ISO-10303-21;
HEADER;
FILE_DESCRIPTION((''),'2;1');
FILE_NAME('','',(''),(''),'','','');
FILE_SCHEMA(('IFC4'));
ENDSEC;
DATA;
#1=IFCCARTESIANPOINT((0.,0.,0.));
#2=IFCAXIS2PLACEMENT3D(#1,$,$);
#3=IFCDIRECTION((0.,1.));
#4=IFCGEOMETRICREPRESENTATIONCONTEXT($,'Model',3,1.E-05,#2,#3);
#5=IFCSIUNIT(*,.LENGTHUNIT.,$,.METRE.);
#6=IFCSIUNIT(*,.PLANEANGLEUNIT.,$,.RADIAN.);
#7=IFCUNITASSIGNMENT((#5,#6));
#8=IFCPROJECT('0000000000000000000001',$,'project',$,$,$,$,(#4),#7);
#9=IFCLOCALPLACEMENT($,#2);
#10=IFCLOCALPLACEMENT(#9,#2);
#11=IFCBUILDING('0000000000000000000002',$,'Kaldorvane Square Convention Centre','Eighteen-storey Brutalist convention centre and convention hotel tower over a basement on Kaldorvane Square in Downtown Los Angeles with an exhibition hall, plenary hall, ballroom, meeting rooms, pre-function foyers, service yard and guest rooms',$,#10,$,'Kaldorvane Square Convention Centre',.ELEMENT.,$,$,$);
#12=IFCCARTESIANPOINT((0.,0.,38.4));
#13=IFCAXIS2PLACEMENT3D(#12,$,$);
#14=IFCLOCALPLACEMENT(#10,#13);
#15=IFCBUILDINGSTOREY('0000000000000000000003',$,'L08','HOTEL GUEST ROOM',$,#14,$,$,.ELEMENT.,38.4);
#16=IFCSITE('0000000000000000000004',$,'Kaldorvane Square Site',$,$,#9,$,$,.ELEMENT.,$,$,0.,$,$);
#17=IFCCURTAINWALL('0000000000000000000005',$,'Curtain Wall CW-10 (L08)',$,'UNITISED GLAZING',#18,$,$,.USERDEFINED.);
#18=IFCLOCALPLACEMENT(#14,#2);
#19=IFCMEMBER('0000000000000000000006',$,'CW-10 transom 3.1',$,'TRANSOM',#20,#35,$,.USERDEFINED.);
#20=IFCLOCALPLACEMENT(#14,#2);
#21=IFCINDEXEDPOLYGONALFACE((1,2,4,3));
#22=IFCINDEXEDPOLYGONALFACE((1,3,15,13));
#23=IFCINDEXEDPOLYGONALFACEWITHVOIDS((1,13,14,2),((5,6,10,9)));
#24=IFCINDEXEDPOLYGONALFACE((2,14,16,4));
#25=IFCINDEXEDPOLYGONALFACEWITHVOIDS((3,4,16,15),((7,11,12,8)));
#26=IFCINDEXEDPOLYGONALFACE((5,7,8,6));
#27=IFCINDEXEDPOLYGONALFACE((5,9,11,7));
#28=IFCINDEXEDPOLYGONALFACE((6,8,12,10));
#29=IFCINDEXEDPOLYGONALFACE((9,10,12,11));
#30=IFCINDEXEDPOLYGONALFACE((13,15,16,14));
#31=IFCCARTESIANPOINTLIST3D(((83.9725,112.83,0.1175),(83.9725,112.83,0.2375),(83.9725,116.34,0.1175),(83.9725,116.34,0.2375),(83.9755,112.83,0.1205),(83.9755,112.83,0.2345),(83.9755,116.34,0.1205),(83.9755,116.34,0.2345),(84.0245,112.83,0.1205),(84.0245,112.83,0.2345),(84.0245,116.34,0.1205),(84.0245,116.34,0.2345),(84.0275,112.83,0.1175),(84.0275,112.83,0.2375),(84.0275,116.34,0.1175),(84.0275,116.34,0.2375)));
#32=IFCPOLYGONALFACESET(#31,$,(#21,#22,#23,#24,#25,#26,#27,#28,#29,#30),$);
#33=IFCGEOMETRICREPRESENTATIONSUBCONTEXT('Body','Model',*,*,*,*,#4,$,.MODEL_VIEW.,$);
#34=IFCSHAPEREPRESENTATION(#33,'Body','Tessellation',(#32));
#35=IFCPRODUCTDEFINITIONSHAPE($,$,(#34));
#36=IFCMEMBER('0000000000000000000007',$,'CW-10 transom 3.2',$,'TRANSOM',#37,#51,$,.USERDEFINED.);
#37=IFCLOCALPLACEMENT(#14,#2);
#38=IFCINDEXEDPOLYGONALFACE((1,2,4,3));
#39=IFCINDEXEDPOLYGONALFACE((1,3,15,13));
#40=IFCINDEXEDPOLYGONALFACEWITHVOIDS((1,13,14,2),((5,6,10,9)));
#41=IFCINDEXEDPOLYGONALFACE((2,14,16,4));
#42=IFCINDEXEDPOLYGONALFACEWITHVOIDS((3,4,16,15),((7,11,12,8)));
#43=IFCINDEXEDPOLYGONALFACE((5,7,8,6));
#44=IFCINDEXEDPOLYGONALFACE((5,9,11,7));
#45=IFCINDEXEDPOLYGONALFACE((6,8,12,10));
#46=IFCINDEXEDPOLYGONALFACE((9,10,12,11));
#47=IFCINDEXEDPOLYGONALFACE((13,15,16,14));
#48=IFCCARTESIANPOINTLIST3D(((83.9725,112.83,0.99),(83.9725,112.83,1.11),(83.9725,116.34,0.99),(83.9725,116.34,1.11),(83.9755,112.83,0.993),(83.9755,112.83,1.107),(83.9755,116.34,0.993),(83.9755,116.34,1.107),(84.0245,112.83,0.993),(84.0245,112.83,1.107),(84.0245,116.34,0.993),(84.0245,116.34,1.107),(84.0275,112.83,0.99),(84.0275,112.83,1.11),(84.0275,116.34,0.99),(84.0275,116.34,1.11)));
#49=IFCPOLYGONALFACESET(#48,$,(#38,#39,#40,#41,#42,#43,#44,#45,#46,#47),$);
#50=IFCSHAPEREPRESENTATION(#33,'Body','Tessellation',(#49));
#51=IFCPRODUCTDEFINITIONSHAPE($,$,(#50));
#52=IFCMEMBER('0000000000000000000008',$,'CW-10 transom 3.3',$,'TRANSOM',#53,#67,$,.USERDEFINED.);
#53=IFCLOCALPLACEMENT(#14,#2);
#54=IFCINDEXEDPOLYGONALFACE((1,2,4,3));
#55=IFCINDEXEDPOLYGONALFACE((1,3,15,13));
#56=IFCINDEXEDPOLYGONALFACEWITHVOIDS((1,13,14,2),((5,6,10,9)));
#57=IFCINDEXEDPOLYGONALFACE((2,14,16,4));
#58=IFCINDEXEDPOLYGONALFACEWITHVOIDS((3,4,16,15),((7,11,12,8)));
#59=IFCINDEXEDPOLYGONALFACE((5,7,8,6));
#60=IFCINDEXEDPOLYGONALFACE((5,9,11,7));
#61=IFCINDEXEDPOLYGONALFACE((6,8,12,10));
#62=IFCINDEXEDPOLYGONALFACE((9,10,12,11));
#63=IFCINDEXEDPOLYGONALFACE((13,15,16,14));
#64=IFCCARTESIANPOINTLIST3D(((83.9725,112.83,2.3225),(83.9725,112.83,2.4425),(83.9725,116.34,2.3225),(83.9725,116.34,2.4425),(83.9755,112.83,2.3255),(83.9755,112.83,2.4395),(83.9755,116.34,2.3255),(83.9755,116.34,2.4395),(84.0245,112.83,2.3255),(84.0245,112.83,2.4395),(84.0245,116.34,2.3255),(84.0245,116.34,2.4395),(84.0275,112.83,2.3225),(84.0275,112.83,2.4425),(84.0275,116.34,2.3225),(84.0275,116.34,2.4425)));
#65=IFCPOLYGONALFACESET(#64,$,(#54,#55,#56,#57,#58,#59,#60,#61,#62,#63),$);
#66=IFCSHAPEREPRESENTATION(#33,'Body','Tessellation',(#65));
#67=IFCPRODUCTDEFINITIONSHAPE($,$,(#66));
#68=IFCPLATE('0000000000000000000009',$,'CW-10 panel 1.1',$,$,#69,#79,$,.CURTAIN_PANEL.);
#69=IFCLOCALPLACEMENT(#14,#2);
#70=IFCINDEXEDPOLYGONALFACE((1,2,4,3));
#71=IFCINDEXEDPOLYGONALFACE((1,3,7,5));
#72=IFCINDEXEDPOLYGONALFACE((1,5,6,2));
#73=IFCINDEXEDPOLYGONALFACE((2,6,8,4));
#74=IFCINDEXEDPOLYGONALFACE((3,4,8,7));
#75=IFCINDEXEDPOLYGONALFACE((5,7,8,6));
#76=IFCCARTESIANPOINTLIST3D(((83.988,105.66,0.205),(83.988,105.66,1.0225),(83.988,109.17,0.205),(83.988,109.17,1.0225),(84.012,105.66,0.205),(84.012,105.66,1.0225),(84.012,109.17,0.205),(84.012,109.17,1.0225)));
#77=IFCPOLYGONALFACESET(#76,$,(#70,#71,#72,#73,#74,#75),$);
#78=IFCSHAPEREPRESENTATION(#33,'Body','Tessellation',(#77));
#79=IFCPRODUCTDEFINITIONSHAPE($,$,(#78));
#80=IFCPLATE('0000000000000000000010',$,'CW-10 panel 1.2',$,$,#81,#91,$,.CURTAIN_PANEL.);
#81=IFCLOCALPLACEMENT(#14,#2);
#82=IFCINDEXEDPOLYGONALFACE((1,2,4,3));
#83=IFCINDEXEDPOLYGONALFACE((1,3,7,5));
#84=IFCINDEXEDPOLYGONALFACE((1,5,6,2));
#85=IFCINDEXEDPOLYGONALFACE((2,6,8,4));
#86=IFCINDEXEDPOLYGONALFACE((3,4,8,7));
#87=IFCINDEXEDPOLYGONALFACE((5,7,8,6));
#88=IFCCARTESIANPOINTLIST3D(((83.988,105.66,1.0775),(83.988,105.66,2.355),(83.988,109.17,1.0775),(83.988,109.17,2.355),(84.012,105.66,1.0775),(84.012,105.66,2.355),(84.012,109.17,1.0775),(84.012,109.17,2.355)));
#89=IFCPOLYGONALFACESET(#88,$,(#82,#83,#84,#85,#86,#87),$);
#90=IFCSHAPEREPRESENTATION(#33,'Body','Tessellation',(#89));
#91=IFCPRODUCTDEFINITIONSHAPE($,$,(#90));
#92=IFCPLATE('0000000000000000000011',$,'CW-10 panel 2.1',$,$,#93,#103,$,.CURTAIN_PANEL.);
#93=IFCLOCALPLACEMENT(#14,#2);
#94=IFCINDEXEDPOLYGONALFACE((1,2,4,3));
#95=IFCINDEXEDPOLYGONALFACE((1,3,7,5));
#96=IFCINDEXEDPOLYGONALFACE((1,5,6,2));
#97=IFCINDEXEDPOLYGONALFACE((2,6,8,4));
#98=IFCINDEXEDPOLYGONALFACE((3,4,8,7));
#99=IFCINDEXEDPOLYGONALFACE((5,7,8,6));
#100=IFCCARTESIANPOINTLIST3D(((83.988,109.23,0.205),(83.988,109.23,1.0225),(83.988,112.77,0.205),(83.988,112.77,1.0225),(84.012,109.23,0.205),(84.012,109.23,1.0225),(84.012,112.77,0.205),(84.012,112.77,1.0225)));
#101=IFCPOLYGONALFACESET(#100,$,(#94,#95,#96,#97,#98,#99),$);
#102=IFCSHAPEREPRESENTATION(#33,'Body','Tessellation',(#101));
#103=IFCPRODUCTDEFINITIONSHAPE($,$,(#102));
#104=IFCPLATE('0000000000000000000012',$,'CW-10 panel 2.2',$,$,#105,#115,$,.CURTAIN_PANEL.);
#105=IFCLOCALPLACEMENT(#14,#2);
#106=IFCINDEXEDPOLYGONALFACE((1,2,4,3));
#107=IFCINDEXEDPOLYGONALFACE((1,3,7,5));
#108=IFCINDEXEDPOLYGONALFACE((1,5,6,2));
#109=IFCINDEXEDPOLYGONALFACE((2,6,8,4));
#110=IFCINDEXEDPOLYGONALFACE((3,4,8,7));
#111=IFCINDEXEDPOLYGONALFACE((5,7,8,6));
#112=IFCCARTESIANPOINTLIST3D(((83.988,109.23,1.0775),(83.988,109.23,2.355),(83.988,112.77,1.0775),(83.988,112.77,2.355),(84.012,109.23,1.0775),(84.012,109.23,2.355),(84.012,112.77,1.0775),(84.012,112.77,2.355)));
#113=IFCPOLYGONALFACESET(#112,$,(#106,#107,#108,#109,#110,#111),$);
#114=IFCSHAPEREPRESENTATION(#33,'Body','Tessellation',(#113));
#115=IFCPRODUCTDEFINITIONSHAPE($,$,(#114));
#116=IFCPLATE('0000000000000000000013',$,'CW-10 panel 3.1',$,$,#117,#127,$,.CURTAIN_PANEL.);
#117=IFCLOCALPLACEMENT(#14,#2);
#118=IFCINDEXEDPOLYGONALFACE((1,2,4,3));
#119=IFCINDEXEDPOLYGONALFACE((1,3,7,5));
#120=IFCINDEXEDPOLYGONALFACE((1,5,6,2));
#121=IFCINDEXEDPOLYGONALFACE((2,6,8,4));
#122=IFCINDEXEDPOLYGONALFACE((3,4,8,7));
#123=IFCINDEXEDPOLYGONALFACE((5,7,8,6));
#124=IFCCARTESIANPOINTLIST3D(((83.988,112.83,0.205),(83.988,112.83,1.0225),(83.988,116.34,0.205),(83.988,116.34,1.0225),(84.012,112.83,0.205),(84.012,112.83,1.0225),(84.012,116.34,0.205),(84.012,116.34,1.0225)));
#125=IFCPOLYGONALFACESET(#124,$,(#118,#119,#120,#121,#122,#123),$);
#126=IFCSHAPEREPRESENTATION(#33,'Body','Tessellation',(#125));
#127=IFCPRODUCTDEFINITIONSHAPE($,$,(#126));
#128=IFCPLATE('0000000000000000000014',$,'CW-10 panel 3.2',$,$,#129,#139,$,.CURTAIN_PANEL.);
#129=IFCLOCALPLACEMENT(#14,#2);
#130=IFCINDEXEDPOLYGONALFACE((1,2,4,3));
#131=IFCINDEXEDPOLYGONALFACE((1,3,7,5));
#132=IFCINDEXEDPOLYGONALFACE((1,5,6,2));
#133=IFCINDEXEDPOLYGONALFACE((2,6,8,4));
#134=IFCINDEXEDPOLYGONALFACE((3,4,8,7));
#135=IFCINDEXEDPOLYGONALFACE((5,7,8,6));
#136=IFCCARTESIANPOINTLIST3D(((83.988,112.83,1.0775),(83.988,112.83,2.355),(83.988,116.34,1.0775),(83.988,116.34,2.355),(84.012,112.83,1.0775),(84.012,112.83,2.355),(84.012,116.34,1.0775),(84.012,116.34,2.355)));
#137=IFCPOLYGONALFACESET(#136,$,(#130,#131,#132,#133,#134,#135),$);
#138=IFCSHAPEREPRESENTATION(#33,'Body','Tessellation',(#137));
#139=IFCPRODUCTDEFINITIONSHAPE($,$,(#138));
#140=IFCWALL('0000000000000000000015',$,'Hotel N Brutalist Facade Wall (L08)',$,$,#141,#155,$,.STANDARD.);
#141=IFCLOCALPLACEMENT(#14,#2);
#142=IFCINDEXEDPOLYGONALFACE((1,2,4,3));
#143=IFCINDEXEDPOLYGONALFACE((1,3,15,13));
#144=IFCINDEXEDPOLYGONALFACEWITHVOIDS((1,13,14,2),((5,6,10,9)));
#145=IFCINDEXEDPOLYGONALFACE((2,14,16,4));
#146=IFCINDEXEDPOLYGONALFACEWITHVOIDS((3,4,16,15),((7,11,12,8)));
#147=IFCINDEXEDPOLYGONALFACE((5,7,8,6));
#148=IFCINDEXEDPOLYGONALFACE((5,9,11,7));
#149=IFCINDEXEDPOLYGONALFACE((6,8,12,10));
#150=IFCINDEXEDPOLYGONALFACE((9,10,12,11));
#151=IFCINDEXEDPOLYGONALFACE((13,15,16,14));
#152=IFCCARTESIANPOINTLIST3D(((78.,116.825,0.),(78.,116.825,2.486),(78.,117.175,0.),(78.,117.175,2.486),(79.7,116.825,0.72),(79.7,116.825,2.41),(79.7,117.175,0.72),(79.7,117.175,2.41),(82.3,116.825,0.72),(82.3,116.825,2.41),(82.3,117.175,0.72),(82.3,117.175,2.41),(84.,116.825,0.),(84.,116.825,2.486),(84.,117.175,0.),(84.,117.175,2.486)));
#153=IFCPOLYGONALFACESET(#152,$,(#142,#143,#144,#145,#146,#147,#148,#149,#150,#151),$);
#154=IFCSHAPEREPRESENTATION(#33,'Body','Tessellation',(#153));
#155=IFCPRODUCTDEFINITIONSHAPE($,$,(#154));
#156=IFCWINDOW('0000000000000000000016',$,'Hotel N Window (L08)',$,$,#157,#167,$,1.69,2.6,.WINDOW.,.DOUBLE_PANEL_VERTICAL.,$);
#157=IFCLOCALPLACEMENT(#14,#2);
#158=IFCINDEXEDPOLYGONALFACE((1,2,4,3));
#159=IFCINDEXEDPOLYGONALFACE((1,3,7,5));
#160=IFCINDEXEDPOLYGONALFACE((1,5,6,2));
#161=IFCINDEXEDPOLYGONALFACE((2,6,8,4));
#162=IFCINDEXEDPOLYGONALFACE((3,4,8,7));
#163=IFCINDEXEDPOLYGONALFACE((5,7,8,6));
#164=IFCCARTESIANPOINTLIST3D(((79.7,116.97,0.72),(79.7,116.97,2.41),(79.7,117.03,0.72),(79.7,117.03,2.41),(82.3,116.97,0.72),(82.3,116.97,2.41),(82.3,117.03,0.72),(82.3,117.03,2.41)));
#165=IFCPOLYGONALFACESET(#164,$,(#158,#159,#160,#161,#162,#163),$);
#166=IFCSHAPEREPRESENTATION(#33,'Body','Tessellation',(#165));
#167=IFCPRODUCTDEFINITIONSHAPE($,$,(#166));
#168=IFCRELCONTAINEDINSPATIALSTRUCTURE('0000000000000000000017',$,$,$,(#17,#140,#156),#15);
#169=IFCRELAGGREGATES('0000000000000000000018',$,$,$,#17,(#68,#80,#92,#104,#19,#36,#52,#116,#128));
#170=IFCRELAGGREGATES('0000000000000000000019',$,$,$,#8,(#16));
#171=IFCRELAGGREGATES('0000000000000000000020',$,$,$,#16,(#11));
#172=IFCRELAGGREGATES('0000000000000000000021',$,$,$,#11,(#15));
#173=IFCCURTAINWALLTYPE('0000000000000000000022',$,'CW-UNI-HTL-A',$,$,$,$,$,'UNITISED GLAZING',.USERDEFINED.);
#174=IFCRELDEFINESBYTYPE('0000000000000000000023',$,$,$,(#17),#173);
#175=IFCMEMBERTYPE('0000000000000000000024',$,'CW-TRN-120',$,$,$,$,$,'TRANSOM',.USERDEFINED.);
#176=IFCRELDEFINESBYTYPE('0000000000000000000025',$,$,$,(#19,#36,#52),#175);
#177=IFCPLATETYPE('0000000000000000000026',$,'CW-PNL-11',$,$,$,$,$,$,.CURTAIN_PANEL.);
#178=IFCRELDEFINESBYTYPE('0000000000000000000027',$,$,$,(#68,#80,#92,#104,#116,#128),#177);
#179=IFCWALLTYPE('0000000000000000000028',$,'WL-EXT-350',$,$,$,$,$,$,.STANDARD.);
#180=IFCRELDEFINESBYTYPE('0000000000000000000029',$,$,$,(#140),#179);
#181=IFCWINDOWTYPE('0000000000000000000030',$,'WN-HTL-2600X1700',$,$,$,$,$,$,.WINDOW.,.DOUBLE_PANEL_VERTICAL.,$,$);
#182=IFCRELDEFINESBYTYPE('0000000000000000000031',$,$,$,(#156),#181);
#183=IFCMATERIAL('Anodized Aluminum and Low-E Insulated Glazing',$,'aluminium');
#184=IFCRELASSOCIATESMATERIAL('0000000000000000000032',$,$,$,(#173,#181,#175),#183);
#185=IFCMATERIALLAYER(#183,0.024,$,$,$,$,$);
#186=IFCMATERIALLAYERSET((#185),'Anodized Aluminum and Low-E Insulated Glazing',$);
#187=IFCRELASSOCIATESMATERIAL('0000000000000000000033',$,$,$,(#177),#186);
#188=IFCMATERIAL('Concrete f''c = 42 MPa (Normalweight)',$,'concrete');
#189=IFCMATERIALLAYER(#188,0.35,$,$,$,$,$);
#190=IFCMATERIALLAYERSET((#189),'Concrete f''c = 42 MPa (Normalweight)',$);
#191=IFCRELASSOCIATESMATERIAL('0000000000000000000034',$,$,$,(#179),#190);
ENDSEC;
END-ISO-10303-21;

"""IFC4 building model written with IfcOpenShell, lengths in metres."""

from ifc_helpers import new_model, si_unit, direction, frame, frame_2d, origin, origin_2d, place, context, subcontext, project, spatial, rectangle, hollow_rectangle, extrude, material, layer, layer_set, material_profile, profile_set, type_object, element, fill, aggregate, save


model = new_model("IFC4")

# Units and contexts
model_context = context("Model", 3, precision=1e-05, world=origin(), true_north=direction((0.0, 1.0)))
body_context = subcontext(model_context, "Body", "Model", "MODEL_VIEW")
ifc_project = project(units=[si_unit("LENGTHUNIT", "METRE"), si_unit("PLANEANGLEUNIT", "RADIAN")], contexts=[model_context])

# Site, building, storey
site_placement = place(None, origin())
site = spatial("IfcSite", under=ifc_project, at=site_placement, Name="Kaldorvane Square Site", CompositionType="ELEMENT", RefElevation=0.0)
building_placement = place(site_placement, origin())
building = spatial("IfcBuilding", under=site, at=building_placement, Name="Kaldorvane Square Convention Centre", Description="Eighteen-storey Brutalist convention centre and convention hotel tower over a basement on Kaldorvane Square in Downtown Los Angeles with an exhibition hall, plenary hall, ballroom, meeting rooms, pre-function foyers, service yard and guest rooms", LongName="Kaldorvane Square Convention Centre", CompositionType="ELEMENT")
storey_placement = place(building_placement, frame((0.0, 0.0, 38.4)))
storey = spatial("IfcBuildingStorey", under=building, at=storey_placement, Name="L08", Description="HOTEL GUEST ROOM", CompositionType="ELEMENT", Elevation=38.4)

# Shared definitions
ifc_material_1 = material(Name="Concrete f'c = 42 MPa (Normalweight)", Category="concrete")

# Curtain wall, members, plates
ifc_material_2 = material(Name="Anodized Aluminum and Low-E Insulated Glazing", Category="aluminium")
curtain_wall_type = type_object("IfcCurtainWallType", Name="CW-UNI-HTL-A", ElementType="UNITISED GLAZING", PredefinedType="USERDEFINED", material=ifc_material_2)
curtain_wall_placement = place(storey_placement, origin())
curtain_wall = element("IfcCurtainWall", 1, at=curtain_wall_placement, inside=storey, type_object=curtain_wall_type, Name="Curtain Wall CW-10 (L08)", ObjectType="UNITISED GLAZING", PredefinedType="USERDEFINED")
ifc_material_profile_1 = material_profile(ifc_material_2, hollow_rectangle(XDim=0.055, YDim=0.12, WallThickness=0.003, at=origin_2d()), Name="CWT-120X55")
ifc_profile_set_1 = profile_set([ifc_material_profile_1], Name="Anodized Aluminum and Low-E Insulated Glazing")
member_type_1 = type_object("IfcMemberType", Name="CW-TRN-120", ElementType="TRANSOM", PredefinedType="USERDEFINED", material=ifc_profile_set_1)
member_1_placement = place(storey_placement, frame((84.0, 112.83, 0.1775), z_axis=(0.0, 1.0, 0.0), x_axis=(-1.0, 0.0, 0.0)))
member_1 = element("IfcMember", 2, at=member_1_placement, type_object=member_type_1, Name="CW-10 transom 3.1", ObjectType="TRANSOM", PredefinedType="USERDEFINED", context=body_context, shape_type="SweptSolid", body=[
    extrude(hollow_rectangle(XDim=0.055, YDim=0.12, WallThickness=0.003, at=origin_2d()), origin(), (0.0, 0.0, 1.0), 3.51),
])
member_2_placement = place(storey_placement, frame((84.0, 112.83, 1.05), z_axis=(0.0, 1.0, 0.0), x_axis=(-1.0, 0.0, 0.0)))
member_2 = element("IfcMember", 3, at=member_2_placement, type_object=member_type_1, Name="CW-10 transom 3.2", ObjectType="TRANSOM", PredefinedType="USERDEFINED", context=body_context, shape_type="SweptSolid", body=[
    extrude(hollow_rectangle(XDim=0.055, YDim=0.12, WallThickness=0.003, at=origin_2d()), origin(), (0.0, 0.0, 1.0), 3.51),
])
member_3_placement = place(storey_placement, frame((84.0, 112.83, 2.3825), z_axis=(0.0, 1.0, 0.0), x_axis=(-1.0, 0.0, 0.0)))
member_3 = element("IfcMember", 4, at=member_3_placement, type_object=member_type_1, Name="CW-10 transom 3.3", ObjectType="TRANSOM", PredefinedType="USERDEFINED", context=body_context, shape_type="SweptSolid", body=[
    extrude(hollow_rectangle(XDim=0.055, YDim=0.12, WallThickness=0.003, at=origin_2d()), origin(), (0.0, 0.0, 1.0), 3.51),
])
ifc_layer_1 = layer(ifc_material_2, 0.024)
ifc_layer_set_1 = layer_set([ifc_layer_1], Name="Anodized Aluminum and Low-E Insulated Glazing")
plate_type = type_object("IfcPlateType", Name="CW-PNL-11", PredefinedType="CURTAIN_PANEL", material=ifc_layer_set_1)
plate_1_placement = place(storey_placement, frame((84.0, 107.415, 0.205), z_axis=(0.0, 0.0, 1.0), x_axis=(0.0, 1.0, 0.0)))
plate_1 = element("IfcPlate", 5, at=plate_1_placement, type_object=plate_type, Name="CW-10 panel 1.1", PredefinedType="CURTAIN_PANEL", context=body_context, shape_type="SweptSolid", body=[
    extrude(rectangle(XDim=3.51, YDim=0.024, at=origin_2d()), origin(), (0.0, 0.0, 1.0), 0.8175),
])
plate_2_placement = place(storey_placement, frame((84.0, 107.415, 1.0775), z_axis=(0.0, 0.0, 1.0), x_axis=(0.0, 1.0, 0.0)))
plate_2 = element("IfcPlate", 6, at=plate_2_placement, type_object=plate_type, Name="CW-10 panel 1.2", PredefinedType="CURTAIN_PANEL", context=body_context, shape_type="SweptSolid", body=[
    extrude(rectangle(XDim=3.51, YDim=0.024, at=origin_2d()), origin(), (0.0, 0.0, 1.0), 1.2775),
])
plate_3_placement = place(storey_placement, frame((84.0, 111.0, 0.205), z_axis=(0.0, 0.0, 1.0), x_axis=(0.0, 1.0, 0.0)))
plate_3 = element("IfcPlate", 7, at=plate_3_placement, type_object=plate_type, Name="CW-10 panel 2.1", PredefinedType="CURTAIN_PANEL", context=body_context, shape_type="SweptSolid", body=[
    extrude(rectangle(XDim=3.54, YDim=0.024, at=origin_2d()), origin(), (0.0, 0.0, 1.0), 0.8175),
])
plate_4_placement = place(storey_placement, frame((84.0, 111.0, 1.0775), z_axis=(0.0, 0.0, 1.0), x_axis=(0.0, 1.0, 0.0)))
plate_4 = element("IfcPlate", 8, at=plate_4_placement, type_object=plate_type, Name="CW-10 panel 2.2", PredefinedType="CURTAIN_PANEL", context=body_context, shape_type="SweptSolid", body=[
    extrude(rectangle(XDim=3.54, YDim=0.024, at=origin_2d()), origin(), (0.0, 0.0, 1.0), 1.2775),
])
plate_5_placement = place(storey_placement, frame((84.0, 114.585, 0.205), z_axis=(0.0, 0.0, 1.0), x_axis=(0.0, 1.0, 0.0)))
plate_5 = element("IfcPlate", 9, at=plate_5_placement, type_object=plate_type, Name="CW-10 panel 3.1", PredefinedType="CURTAIN_PANEL", context=body_context, shape_type="SweptSolid", body=[
    extrude(rectangle(XDim=3.51, YDim=0.024, at=origin_2d()), origin(), (0.0, 0.0, 1.0), 0.8175),
])
plate_6_placement = place(storey_placement, frame((84.0, 114.585, 1.0775), z_axis=(0.0, 0.0, 1.0), x_axis=(0.0, 1.0, 0.0)))
plate_6 = element("IfcPlate", 10, at=plate_6_placement, type_object=plate_type, Name="CW-10 panel 3.2", PredefinedType="CURTAIN_PANEL", context=body_context, shape_type="SweptSolid", body=[
    extrude(rectangle(XDim=3.51, YDim=0.024, at=origin_2d()), origin(), (0.0, 0.0, 1.0), 1.2775),
])
aggregate(curtain_wall, [plate_1, plate_2, plate_3, plate_4, member_1, member_2, member_3, plate_5, plate_6])

# Wall, opening, window
ifc_layer_2 = layer(ifc_material_1, 0.35)
ifc_layer_set_2 = layer_set([ifc_layer_2], Name="Concrete f'c = 42 MPa (Normalweight)")
wall_type = type_object("IfcWallType", Name="WL-EXT-350", PredefinedType="STANDARD", material=ifc_layer_set_2)
wall_placement = place(storey_placement, frame((84.0, 117.0, 0.0), z_axis=(0.0, 0.0, 1.0), x_axis=(-1.0, 0.0, 0.0)))
wall = element("IfcWall", 11, at=wall_placement, inside=storey, type_object=wall_type, Name="Hotel N Brutalist Facade Wall (L08)", PredefinedType="STANDARD", context=body_context, shape_type="SweptSolid", body=[
    extrude(rectangle(XDim=6.0, YDim=0.35, at=frame_2d((3.0, 0.0))), origin(), (0.0, 0.0, 1.0), 2.486),
])
opening_placement = place(wall_placement, frame((1.7, 0.0, 0.72)))
opening = element("IfcOpeningElement", 12, at=opening_placement, cuts=wall, PredefinedType="OPENING", context=body_context, shape_type="SweptSolid", body=[
    extrude(rectangle(XDim=2.6, YDim=1.69, at=frame_2d((1.3, 0.845))), frame((0.0, 0.19, 0.0), z_axis=(0.0, -1.0, 0.0), x_axis=(1.0, 0.0, 0.0)), (0.0, 0.0, 1.0), 0.38),
])
window_type = type_object("IfcWindowType", Name="WN-HTL-2600X1700", PartitioningType="DOUBLE_PANEL_VERTICAL", PredefinedType="WINDOW", material=ifc_material_2)
window_placement = place(opening_placement, origin())
window = element("IfcWindow", 13, at=window_placement, inside=storey, type_object=window_type, Name="Hotel N Window (L08)", OverallHeight=1.69, OverallWidth=2.6, PartitioningType="DOUBLE_PANEL_VERTICAL", PredefinedType="WINDOW", context=body_context, shape_type="SweptSolid", body=[
    extrude(rectangle(XDim=2.6, YDim=1.69, at=frame_2d((1.3, 0.845))), frame((0.0, 0.03, 0.0), z_axis=(0.0, -1.0, 0.0), x_axis=(1.0, 0.0, 0.0)), (0.0, 0.0, 1.0), 0.06),
])
fill(opening, window)

save(model, "model.ifc")
